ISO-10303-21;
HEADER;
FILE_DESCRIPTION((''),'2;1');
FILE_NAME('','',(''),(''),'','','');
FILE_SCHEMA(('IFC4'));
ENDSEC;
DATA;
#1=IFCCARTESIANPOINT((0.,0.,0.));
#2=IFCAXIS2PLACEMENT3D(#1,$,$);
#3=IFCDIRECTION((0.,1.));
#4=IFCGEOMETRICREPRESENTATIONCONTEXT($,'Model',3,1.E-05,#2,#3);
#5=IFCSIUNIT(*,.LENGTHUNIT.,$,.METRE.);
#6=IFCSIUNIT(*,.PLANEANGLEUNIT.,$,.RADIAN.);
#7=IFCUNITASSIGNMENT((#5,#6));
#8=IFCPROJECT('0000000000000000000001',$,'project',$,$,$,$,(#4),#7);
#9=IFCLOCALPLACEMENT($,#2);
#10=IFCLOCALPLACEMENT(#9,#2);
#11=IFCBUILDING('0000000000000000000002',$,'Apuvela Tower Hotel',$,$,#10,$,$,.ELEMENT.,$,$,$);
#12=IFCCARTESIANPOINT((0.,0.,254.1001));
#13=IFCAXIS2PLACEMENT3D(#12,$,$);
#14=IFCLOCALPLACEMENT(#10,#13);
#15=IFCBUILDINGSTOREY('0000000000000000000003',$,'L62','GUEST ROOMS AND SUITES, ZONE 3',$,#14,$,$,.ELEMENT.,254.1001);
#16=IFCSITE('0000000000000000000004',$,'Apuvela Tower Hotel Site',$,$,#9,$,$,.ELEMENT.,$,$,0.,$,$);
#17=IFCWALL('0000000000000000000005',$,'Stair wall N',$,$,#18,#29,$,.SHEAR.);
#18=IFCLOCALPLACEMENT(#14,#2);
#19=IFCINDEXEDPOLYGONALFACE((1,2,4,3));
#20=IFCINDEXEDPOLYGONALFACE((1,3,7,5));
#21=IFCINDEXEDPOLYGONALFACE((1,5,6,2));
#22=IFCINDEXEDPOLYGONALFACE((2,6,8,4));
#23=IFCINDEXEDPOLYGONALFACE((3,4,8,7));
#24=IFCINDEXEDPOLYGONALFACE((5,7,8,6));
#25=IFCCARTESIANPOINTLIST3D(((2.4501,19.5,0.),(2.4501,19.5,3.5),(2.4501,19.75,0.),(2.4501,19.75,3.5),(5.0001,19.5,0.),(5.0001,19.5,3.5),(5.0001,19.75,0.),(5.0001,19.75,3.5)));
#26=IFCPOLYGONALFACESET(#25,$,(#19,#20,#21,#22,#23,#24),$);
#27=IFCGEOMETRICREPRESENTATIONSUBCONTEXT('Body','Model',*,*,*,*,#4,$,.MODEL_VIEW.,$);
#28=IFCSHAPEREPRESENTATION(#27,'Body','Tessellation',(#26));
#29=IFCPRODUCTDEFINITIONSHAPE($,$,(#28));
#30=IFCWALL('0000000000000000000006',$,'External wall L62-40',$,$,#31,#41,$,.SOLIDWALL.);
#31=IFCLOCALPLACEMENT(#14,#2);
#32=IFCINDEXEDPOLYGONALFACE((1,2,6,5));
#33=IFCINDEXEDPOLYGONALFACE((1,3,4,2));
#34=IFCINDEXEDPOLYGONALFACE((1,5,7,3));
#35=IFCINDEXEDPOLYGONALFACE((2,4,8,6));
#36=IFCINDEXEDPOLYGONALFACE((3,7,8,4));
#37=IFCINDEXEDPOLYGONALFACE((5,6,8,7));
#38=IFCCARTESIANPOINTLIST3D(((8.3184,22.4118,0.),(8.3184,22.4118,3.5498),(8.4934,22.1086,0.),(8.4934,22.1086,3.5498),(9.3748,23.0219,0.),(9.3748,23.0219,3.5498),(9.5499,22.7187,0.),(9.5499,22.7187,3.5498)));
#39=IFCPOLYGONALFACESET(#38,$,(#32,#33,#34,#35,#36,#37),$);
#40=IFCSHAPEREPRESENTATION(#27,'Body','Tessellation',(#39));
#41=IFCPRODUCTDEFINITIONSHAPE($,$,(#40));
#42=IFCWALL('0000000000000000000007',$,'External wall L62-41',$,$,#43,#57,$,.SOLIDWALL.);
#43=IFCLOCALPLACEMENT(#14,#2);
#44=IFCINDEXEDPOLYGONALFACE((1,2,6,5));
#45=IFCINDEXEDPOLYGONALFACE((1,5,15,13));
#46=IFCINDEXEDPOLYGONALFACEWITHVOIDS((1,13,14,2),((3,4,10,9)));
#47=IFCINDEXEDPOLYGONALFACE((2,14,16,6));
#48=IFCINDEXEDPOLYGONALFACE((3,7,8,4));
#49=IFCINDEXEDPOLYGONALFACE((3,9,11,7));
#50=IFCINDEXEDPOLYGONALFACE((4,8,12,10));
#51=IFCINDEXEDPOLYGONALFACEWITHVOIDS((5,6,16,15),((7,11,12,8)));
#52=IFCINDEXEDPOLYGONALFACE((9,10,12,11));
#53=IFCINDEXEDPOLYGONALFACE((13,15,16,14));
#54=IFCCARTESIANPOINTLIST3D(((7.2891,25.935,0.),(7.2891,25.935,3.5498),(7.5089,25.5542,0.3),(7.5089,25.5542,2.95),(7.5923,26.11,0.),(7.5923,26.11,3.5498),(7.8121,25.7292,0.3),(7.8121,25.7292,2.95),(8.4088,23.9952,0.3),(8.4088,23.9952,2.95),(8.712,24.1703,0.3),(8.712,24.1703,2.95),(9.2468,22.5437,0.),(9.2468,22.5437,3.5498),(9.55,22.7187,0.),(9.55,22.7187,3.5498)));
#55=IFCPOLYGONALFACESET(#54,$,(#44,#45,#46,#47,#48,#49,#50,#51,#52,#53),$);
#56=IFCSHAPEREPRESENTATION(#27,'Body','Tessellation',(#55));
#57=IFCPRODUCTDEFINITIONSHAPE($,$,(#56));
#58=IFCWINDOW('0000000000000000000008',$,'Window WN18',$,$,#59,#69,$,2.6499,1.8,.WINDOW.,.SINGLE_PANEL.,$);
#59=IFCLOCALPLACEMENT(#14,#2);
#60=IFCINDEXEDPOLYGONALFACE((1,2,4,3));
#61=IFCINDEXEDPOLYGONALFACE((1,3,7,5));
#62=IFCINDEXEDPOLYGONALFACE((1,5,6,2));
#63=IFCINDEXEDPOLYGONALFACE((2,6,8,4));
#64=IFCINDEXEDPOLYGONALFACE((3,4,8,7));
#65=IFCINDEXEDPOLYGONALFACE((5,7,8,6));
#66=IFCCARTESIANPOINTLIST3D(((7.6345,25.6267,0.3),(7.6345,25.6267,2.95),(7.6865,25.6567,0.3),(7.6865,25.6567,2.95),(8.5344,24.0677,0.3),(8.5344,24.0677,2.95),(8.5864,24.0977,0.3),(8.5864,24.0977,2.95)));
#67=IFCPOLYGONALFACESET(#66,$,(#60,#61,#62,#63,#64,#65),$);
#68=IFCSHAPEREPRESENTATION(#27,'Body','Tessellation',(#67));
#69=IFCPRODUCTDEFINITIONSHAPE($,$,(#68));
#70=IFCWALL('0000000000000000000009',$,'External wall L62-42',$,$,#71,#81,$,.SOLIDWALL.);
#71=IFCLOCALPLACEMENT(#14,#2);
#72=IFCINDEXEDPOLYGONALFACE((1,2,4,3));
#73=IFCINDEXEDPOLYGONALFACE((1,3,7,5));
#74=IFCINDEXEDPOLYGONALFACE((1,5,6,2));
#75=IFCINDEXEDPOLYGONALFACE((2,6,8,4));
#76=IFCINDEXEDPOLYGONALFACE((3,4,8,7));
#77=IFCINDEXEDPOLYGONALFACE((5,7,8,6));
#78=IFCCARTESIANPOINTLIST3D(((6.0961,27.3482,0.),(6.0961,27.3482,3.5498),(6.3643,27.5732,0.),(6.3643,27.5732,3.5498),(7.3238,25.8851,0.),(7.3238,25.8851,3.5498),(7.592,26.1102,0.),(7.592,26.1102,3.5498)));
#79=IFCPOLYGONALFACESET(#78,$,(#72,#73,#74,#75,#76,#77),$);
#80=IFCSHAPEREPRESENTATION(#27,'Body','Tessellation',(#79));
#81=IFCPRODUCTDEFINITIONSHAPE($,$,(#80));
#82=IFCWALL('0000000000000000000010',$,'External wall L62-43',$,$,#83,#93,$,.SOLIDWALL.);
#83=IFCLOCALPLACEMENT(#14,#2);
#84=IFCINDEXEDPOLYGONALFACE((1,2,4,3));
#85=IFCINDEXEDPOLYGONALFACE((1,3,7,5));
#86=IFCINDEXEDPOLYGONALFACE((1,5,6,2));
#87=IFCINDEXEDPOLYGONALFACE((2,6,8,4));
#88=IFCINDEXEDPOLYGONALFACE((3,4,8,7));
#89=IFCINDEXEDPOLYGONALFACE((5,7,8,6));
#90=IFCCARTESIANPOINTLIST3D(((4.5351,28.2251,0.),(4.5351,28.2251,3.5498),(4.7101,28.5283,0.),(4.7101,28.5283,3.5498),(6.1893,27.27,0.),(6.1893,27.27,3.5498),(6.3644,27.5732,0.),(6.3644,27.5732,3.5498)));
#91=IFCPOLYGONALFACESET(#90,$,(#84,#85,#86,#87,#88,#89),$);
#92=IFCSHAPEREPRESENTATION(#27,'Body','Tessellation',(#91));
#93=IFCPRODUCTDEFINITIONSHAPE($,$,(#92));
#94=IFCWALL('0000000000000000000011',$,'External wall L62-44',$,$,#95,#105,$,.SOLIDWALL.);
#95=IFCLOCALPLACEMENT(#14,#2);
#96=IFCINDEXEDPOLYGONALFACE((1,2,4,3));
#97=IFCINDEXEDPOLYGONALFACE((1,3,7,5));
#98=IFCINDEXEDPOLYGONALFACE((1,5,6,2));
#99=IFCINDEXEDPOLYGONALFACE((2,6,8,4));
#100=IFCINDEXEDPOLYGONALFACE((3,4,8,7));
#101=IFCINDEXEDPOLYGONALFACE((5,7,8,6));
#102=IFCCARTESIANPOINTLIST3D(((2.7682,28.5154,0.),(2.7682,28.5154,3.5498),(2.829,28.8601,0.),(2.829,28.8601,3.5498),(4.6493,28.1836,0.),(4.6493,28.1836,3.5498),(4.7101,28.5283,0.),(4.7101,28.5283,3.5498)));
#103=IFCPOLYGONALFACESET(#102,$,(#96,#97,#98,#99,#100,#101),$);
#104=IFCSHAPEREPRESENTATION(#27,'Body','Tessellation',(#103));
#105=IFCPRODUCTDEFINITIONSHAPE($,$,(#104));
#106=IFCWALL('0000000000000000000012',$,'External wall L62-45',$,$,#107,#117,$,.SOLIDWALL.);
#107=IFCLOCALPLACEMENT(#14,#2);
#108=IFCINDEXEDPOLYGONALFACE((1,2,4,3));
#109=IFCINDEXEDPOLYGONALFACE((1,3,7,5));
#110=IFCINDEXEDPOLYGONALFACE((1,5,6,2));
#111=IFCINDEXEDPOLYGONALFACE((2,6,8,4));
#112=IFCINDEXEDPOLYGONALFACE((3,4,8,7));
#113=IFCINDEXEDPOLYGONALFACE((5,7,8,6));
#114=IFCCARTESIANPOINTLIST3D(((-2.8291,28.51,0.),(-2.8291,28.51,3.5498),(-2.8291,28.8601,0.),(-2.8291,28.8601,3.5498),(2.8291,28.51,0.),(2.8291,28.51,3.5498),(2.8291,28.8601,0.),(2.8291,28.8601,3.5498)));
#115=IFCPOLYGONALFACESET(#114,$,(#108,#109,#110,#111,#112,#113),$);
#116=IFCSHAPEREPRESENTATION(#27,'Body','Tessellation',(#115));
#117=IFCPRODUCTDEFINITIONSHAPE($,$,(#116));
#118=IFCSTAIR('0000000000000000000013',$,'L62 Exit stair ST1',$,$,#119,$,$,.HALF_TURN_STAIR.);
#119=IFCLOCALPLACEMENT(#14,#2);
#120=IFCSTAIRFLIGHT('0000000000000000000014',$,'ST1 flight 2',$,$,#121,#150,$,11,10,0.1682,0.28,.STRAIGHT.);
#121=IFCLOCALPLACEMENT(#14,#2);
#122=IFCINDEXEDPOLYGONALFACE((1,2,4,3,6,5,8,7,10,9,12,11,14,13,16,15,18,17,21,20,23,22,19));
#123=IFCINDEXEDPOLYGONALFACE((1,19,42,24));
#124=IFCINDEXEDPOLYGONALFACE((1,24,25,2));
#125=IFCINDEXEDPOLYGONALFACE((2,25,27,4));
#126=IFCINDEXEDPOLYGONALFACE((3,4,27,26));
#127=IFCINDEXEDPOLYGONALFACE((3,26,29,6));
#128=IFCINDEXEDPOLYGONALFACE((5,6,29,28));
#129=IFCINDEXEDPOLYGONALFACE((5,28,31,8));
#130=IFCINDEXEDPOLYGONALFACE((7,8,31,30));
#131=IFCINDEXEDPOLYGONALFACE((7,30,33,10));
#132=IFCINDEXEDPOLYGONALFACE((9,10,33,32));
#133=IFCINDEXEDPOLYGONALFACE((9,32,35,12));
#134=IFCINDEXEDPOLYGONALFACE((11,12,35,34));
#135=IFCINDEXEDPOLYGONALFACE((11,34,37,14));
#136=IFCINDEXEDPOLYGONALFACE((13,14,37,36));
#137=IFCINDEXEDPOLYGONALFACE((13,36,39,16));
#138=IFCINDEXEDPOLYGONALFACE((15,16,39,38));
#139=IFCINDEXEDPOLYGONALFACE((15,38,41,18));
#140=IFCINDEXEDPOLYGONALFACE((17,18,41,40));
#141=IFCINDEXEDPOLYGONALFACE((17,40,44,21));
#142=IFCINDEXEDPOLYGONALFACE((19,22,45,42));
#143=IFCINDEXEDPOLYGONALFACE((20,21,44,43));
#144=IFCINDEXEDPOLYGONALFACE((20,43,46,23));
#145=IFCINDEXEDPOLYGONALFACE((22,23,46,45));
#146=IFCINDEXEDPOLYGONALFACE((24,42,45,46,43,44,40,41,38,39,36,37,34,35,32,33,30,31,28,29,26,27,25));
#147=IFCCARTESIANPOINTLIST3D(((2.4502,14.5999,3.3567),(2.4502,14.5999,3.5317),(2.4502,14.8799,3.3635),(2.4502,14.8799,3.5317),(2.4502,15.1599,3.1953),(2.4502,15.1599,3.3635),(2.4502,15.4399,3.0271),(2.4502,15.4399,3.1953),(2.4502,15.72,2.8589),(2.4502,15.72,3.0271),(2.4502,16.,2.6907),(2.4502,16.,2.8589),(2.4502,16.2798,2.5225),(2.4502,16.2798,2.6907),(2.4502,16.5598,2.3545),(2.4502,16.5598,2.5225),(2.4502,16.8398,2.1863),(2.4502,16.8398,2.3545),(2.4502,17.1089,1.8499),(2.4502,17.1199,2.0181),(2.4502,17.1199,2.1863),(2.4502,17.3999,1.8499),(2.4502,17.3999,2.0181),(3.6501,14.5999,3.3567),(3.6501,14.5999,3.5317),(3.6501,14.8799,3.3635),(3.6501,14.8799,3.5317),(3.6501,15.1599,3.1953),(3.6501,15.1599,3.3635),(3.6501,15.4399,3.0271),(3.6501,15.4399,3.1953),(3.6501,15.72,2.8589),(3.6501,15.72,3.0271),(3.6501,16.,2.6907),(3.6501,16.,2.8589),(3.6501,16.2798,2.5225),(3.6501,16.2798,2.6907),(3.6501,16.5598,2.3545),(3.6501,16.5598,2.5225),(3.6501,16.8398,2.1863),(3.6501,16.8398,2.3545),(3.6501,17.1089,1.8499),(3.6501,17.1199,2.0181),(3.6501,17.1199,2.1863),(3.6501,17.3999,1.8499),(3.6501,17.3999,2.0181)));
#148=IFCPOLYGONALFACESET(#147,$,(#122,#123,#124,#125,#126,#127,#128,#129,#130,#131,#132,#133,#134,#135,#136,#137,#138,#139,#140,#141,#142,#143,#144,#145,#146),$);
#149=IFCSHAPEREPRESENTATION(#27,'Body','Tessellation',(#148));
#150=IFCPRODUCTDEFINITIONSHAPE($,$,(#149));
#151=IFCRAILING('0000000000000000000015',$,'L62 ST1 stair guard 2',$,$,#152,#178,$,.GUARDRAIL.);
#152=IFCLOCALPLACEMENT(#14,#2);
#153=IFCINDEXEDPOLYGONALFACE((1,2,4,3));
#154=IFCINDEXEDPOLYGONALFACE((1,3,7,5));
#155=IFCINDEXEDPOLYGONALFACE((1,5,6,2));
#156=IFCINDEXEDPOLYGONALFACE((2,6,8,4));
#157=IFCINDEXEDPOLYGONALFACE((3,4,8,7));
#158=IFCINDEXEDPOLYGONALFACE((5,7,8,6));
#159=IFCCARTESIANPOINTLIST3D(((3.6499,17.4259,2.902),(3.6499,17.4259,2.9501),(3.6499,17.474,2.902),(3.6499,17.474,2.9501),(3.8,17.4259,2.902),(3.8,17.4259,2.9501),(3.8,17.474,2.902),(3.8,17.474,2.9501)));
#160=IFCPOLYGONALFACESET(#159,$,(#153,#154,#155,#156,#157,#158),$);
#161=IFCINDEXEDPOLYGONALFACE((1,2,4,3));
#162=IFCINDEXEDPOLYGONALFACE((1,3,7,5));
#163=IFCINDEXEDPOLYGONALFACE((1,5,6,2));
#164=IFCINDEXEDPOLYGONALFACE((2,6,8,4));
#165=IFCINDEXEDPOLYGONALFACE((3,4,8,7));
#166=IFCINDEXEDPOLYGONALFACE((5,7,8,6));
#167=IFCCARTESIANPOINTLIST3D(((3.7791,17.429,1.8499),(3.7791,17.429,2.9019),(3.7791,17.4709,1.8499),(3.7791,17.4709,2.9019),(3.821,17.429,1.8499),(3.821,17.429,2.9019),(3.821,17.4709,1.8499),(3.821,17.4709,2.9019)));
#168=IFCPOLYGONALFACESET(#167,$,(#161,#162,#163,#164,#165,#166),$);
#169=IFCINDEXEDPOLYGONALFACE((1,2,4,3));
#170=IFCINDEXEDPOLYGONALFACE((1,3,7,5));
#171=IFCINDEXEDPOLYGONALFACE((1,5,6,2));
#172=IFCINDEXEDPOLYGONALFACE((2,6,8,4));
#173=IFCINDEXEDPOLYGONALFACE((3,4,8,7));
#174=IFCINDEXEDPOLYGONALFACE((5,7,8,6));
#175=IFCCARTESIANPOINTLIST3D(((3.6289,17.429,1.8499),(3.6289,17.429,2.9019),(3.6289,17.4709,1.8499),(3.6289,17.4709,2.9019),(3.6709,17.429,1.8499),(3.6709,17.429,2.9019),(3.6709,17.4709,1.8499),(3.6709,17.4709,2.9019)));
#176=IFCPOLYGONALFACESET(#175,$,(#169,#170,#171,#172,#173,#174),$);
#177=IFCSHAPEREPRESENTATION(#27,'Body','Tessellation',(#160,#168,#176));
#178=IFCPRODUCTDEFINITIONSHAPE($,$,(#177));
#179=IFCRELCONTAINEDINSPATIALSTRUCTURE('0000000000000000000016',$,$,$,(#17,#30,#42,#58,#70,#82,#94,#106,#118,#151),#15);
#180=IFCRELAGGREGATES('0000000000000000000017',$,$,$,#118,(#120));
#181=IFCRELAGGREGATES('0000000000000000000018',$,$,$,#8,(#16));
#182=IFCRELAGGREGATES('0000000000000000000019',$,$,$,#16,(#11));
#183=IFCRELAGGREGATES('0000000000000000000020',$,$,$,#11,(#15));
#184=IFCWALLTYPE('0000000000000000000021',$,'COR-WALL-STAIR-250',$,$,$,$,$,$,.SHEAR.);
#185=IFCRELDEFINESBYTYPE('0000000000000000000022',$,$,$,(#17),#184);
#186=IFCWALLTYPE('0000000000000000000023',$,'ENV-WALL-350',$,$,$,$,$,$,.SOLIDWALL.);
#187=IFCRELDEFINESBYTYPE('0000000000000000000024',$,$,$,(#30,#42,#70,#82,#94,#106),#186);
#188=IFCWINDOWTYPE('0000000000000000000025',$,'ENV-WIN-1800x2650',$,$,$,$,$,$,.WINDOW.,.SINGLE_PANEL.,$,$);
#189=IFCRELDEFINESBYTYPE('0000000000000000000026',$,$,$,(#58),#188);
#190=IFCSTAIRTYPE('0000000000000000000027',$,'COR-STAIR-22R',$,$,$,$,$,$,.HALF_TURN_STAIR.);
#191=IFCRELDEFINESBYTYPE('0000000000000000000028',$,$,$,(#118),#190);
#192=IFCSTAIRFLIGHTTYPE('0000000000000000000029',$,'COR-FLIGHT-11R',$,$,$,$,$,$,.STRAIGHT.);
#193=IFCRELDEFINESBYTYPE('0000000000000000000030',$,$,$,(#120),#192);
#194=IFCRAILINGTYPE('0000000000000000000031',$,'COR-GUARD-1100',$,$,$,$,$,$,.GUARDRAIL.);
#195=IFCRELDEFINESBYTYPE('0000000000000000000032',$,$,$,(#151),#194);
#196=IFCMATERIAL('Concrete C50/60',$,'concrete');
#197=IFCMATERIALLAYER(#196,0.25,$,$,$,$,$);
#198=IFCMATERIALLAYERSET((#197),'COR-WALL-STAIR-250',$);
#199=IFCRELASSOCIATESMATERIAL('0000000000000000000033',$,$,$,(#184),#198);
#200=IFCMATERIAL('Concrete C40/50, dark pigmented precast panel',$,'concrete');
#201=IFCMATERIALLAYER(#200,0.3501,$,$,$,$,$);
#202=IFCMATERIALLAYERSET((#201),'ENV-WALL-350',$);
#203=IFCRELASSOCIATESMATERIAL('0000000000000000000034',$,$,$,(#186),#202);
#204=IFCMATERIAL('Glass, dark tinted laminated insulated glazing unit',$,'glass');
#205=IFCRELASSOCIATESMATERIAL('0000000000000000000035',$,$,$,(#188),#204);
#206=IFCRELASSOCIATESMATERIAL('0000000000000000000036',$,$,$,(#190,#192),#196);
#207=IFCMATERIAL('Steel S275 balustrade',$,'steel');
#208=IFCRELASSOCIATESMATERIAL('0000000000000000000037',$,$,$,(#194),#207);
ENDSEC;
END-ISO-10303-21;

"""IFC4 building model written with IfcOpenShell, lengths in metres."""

from ifc_helpers import new_model, si_unit, direction, frame, frame_2d, origin, origin_2d, place, context, subcontext, project, spatial, polyline, rectangle, outline, extrude, material, layer, layer_set, type_object, element, fill, aggregate, save


model = new_model("IFC4")

# Units and contexts
model_context = context("Model", 3, precision=1e-05, world=origin(), true_north=direction((0.0, 1.0)))
body_context = subcontext(model_context, "Body", "Model", "MODEL_VIEW")
ifc_project = project(units=[si_unit("LENGTHUNIT", "METRE"), si_unit("PLANEANGLEUNIT", "RADIAN")], contexts=[model_context])

# Site, building, storey
site_placement = place(None, origin())
site = spatial("IfcSite", under=ifc_project, at=site_placement, Name="Apuvela Tower Hotel Site", CompositionType="ELEMENT", RefElevation=0.0)
building_placement = place(site_placement, origin())
building = spatial("IfcBuilding", under=site, at=building_placement, Name="Apuvela Tower Hotel", CompositionType="ELEMENT")
storey_placement = place(building_placement, frame((0.0, 0.0, 254.1001)))
storey = spatial("IfcBuildingStorey", under=building, at=storey_placement, Name="L62", Description="GUEST ROOMS AND SUITES, ZONE 3", CompositionType="ELEMENT", Elevation=254.1001)

# Walls
ifc_material_1 = material(Name="Concrete C50/60", Category="concrete")
ifc_layer_1 = layer(ifc_material_1, 0.25)
ifc_layer_set_1 = layer_set([ifc_layer_1], Name="COR-WALL-STAIR-250")
wall_type_1 = type_object("IfcWallType", Name="COR-WALL-STAIR-250", PredefinedType="SHEAR", material=ifc_layer_set_1)
wall_1_placement = place(storey_placement, frame((5.0, 19.625, 0.0), z_axis=(0.0, 0.0, 1.0), x_axis=(-1.0, 0.0, 0.0)))
element("IfcWall", 1, at=wall_1_placement, inside=storey, type_object=wall_type_1, Name="Stair wall N", PredefinedType="SHEAR", context=body_context, shape_type="SweptSolid", body=[
    extrude(rectangle(XDim=2.55, YDim=0.25, at=frame_2d((1.2749, 0.0))), origin(), (0.0, 0.0, 1.0), 3.5),
])
ifc_material_2 = material(Name="Concrete C40/50, dark pigmented precast panel", Category="concrete")
ifc_layer_2 = layer(ifc_material_2, 0.3501)
ifc_layer_set_2 = layer_set([ifc_layer_2], Name="ENV-WALL-350")
wall_type_2 = type_object("IfcWallType", Name="ENV-WALL-350", PredefinedType="SOLIDWALL", material=ifc_layer_set_2)
wall_2_placement = place(storey_placement, frame((8.406, 22.2603, 0.0), z_axis=(0.0, 0.0, 1.0), x_axis=(0.865956, 0.500121, 0.0)))
element("IfcWall", 2, at=wall_2_placement, inside=storey, type_object=wall_type_2, Name="External wall L62-40", PredefinedType="SOLIDWALL", context=body_context, shape_type="SweptSolid", body=[
    extrude(rectangle(XDim=1.22, YDim=0.3501, at=frame_2d((0.6099, 0.0))), origin(), (0.0, 0.0, 1.0), 3.5498),
])

# Wall, opening, window
wall_3_placement = place(storey_placement, frame((9.3984, 22.6311, 0.0), z_axis=(0.0, 0.0, 1.0), x_axis=(-0.499955, 0.866052, 0.0)))
wall_3 = element("IfcWall", 3, at=wall_3_placement, inside=storey, type_object=wall_type_2, Name="External wall L62-41", PredefinedType="SOLIDWALL", context=body_context, shape_type="SweptSolid", body=[
    extrude(rectangle(XDim=3.9158, YDim=0.3501, at=frame_2d((1.958, 0.0))), origin(), (0.0, 0.0, 1.0), 3.5498),
])
opening_1_placement = place(wall_3_placement, frame((1.6763, 0.0, 0.3)))
opening_1 = element("IfcOpeningElement", 4, at=opening_1_placement, cuts=wall_3, PredefinedType="OPENING", context=body_context, shape_type="SweptSolid", body=[
    extrude(rectangle(XDim=1.8, YDim=2.6499, at=frame_2d((0.8999, 1.325))), frame((0.0, 0.1851, 0.0), z_axis=(0.0, -1.0, 0.0), x_axis=(1.0, 0.0, 0.0)), (0.0, 0.0, 1.0), 0.3701),
])
ifc_material_3 = material(Name="Glass, dark tinted laminated insulated glazing unit", Category="glass")
window_type = type_object("IfcWindowType", Name="ENV-WIN-1800x2650", PartitioningType="SINGLE_PANEL", PredefinedType="WINDOW", material=ifc_material_3)
window_placement = place(opening_1_placement, origin())
window = element("IfcWindow", 5, at=window_placement, inside=storey, type_object=window_type, Name="Window WN18", OverallHeight=2.6499, OverallWidth=1.8, PartitioningType="SINGLE_PANEL", PredefinedType="WINDOW", context=body_context, shape_type="SweptSolid", body=[
    extrude(rectangle(XDim=1.8, YDim=2.6499, at=frame_2d((0.8999, 1.325))), frame((0.0, 0.03, 0.0), z_axis=(0.0, -1.0, 0.0), x_axis=(1.0, 0.0, 0.0)), (0.0, 0.0, 1.0), 0.0601),
])
fill(opening_1, window)

# Walls
wall_4_placement = place(storey_placement, frame((7.458, 25.9976, 0.0), z_axis=(0.0, 0.0, 1.0), x_axis=(-0.642808, 0.766027, 0.0)))
element("IfcWall", 6, at=wall_4_placement, inside=storey, type_object=wall_type_2, Name="External wall L62-42", PredefinedType="SOLIDWALL", context=body_context, shape_type="SweptSolid", body=[
    extrude(rectangle(XDim=1.9099, YDim=0.3501, at=frame_2d((0.9551, 0.0))), origin(), (0.0, 0.0, 1.0), 3.5498),
])
for number, where, z_axis, x_axis, name in (
    (7, (6.2769, 27.4216, 0.0), (0.0, 0.0, 1.0), (-0.866032, 0.499988, 0.0), "External wall L62-43"),
    (8, (4.6797, 28.356, 0.0), (0.0, 0.0, 1.0), (-0.984799, 0.173698, 0.0), "External wall L62-44"),
):
    element("IfcWall", number, at=place(storey_placement, frame(where, z_axis=z_axis, x_axis=x_axis)), inside=storey, type_object=wall_type_2, Name=name, PredefinedType="SOLIDWALL", context=body_context, shape_type="SweptSolid", body=[
        extrude(rectangle(XDim=1.9102, YDim=0.3501, at=frame_2d((0.9551, 0.0))), origin(), (0.0, 0.0, 1.0), 3.5498),
    ])
wall_5_placement = place(storey_placement, frame((2.8291, 28.6851, 0.0), z_axis=(0.0, 0.0, 1.0), x_axis=(-1.0, 0.0, 0.0)))
element("IfcWall", 9, at=wall_5_placement, inside=storey, type_object=wall_type_2, Name="External wall L62-45", PredefinedType="SOLIDWALL", context=body_context, shape_type="SweptSolid", body=[
    extrude(rectangle(XDim=5.6582, YDim=0.3501, at=frame_2d((2.8291, 0.0))), origin(), (0.0, 0.0, 1.0), 3.5498),
])

# Stair, stair flight
stair_type = type_object("IfcStairType", Name="COR-STAIR-22R", PredefinedType="HALF_TURN_STAIR", material=ifc_material_1)
stair_placement = place(storey_placement, origin())
stair = element("IfcStair", 10, at=stair_placement, inside=storey, type_object=stair_type, Name="L62 Exit stair ST1", PredefinedType="HALF_TURN_STAIR")
stair_flight_type = type_object("IfcStairFlightType", Name="COR-FLIGHT-11R", PredefinedType="STRAIGHT", material=ifc_material_1)
stair_flight_placement = place(storey_placement, frame((3.05, 17.3999, 1.8499), z_axis=(0.0, 0.0, 1.0), x_axis=(0.0, -1.0, 0.0)))
stair_flight = element("IfcStairFlight", 11, at=stair_flight_placement, type_object=stair_flight_type, Name="ST1 flight 2", NumberOfRisers=11, NumberOfTreads=10, PredefinedType="STRAIGHT", RiserHeight=0.1682, TreadLength=0.28, context=body_context, shape_type="SweptSolid", body=[
    extrude(outline(polyline([(0.0, 0.0), (0.0, 0.1682), (0.28, 0.1682), (0.28, 0.3364), (0.5601, 0.3364), (0.5601, 0.5046), (0.8401, 0.5046), (0.8401, 0.6726), (1.1201, 0.6726), (1.1201, 0.8408), (1.3999, 0.8408), (1.3999, 1.009), (1.6799, 1.009), (1.6799, 1.1772), (1.96, 1.1772), (1.96, 1.3455), (2.24, 1.3455), (2.24, 1.5137), (2.52, 1.5137), (2.52, 1.6819), (2.8, 1.6819), (2.8, 1.8501), (2.8, 1.5068), (0.291, 0.0), (0.0, 0.0)])), frame((0.0, 0.6001, 0.0), z_axis=(0.0, -1.0, 0.0), x_axis=(1.0, 0.0, 0.0)), (0.0, 0.0, 1.0), 1.2),
])
aggregate(stair, [stair_flight])

# Railing
ifc_material_4 = material(Name="Steel S275 balustrade", Category="steel")
railing_type = type_object("IfcRailingType", Name="COR-GUARD-1100", PredefinedType="GUARDRAIL", material=ifc_material_4)
railing_1_placement = place(storey_placement, frame((3.8, 17.45, 1.8499)))
element("IfcRailing", 12, at=railing_1_placement, inside=storey, type_object=railing_type, Name="L62 ST1 stair guard 2", PredefinedType="GUARDRAIL", context=body_context, shape_type="SweptSolid", body=[
    extrude(rectangle(XDim=0.0481, YDim=0.0481, at=origin_2d()), frame((0.0, 0.0, 1.0762), z_axis=(-1.0, 0.0, 0.0), x_axis=(0.0, -1.0, 0.0)), (0.0, 0.0, 1.0), 0.1501),
    extrude(rectangle(XDim=0.042, YDim=0.042, at=origin_2d()), origin(), (0.0, 0.0, 1.0), 1.052),
    extrude(rectangle(XDim=0.042, YDim=0.042, at=origin_2d()), frame((-0.1501, 0.0, 0.0)), (0.0, 0.0, 1.0), 1.052),
])

save(model, "model.ifc")
